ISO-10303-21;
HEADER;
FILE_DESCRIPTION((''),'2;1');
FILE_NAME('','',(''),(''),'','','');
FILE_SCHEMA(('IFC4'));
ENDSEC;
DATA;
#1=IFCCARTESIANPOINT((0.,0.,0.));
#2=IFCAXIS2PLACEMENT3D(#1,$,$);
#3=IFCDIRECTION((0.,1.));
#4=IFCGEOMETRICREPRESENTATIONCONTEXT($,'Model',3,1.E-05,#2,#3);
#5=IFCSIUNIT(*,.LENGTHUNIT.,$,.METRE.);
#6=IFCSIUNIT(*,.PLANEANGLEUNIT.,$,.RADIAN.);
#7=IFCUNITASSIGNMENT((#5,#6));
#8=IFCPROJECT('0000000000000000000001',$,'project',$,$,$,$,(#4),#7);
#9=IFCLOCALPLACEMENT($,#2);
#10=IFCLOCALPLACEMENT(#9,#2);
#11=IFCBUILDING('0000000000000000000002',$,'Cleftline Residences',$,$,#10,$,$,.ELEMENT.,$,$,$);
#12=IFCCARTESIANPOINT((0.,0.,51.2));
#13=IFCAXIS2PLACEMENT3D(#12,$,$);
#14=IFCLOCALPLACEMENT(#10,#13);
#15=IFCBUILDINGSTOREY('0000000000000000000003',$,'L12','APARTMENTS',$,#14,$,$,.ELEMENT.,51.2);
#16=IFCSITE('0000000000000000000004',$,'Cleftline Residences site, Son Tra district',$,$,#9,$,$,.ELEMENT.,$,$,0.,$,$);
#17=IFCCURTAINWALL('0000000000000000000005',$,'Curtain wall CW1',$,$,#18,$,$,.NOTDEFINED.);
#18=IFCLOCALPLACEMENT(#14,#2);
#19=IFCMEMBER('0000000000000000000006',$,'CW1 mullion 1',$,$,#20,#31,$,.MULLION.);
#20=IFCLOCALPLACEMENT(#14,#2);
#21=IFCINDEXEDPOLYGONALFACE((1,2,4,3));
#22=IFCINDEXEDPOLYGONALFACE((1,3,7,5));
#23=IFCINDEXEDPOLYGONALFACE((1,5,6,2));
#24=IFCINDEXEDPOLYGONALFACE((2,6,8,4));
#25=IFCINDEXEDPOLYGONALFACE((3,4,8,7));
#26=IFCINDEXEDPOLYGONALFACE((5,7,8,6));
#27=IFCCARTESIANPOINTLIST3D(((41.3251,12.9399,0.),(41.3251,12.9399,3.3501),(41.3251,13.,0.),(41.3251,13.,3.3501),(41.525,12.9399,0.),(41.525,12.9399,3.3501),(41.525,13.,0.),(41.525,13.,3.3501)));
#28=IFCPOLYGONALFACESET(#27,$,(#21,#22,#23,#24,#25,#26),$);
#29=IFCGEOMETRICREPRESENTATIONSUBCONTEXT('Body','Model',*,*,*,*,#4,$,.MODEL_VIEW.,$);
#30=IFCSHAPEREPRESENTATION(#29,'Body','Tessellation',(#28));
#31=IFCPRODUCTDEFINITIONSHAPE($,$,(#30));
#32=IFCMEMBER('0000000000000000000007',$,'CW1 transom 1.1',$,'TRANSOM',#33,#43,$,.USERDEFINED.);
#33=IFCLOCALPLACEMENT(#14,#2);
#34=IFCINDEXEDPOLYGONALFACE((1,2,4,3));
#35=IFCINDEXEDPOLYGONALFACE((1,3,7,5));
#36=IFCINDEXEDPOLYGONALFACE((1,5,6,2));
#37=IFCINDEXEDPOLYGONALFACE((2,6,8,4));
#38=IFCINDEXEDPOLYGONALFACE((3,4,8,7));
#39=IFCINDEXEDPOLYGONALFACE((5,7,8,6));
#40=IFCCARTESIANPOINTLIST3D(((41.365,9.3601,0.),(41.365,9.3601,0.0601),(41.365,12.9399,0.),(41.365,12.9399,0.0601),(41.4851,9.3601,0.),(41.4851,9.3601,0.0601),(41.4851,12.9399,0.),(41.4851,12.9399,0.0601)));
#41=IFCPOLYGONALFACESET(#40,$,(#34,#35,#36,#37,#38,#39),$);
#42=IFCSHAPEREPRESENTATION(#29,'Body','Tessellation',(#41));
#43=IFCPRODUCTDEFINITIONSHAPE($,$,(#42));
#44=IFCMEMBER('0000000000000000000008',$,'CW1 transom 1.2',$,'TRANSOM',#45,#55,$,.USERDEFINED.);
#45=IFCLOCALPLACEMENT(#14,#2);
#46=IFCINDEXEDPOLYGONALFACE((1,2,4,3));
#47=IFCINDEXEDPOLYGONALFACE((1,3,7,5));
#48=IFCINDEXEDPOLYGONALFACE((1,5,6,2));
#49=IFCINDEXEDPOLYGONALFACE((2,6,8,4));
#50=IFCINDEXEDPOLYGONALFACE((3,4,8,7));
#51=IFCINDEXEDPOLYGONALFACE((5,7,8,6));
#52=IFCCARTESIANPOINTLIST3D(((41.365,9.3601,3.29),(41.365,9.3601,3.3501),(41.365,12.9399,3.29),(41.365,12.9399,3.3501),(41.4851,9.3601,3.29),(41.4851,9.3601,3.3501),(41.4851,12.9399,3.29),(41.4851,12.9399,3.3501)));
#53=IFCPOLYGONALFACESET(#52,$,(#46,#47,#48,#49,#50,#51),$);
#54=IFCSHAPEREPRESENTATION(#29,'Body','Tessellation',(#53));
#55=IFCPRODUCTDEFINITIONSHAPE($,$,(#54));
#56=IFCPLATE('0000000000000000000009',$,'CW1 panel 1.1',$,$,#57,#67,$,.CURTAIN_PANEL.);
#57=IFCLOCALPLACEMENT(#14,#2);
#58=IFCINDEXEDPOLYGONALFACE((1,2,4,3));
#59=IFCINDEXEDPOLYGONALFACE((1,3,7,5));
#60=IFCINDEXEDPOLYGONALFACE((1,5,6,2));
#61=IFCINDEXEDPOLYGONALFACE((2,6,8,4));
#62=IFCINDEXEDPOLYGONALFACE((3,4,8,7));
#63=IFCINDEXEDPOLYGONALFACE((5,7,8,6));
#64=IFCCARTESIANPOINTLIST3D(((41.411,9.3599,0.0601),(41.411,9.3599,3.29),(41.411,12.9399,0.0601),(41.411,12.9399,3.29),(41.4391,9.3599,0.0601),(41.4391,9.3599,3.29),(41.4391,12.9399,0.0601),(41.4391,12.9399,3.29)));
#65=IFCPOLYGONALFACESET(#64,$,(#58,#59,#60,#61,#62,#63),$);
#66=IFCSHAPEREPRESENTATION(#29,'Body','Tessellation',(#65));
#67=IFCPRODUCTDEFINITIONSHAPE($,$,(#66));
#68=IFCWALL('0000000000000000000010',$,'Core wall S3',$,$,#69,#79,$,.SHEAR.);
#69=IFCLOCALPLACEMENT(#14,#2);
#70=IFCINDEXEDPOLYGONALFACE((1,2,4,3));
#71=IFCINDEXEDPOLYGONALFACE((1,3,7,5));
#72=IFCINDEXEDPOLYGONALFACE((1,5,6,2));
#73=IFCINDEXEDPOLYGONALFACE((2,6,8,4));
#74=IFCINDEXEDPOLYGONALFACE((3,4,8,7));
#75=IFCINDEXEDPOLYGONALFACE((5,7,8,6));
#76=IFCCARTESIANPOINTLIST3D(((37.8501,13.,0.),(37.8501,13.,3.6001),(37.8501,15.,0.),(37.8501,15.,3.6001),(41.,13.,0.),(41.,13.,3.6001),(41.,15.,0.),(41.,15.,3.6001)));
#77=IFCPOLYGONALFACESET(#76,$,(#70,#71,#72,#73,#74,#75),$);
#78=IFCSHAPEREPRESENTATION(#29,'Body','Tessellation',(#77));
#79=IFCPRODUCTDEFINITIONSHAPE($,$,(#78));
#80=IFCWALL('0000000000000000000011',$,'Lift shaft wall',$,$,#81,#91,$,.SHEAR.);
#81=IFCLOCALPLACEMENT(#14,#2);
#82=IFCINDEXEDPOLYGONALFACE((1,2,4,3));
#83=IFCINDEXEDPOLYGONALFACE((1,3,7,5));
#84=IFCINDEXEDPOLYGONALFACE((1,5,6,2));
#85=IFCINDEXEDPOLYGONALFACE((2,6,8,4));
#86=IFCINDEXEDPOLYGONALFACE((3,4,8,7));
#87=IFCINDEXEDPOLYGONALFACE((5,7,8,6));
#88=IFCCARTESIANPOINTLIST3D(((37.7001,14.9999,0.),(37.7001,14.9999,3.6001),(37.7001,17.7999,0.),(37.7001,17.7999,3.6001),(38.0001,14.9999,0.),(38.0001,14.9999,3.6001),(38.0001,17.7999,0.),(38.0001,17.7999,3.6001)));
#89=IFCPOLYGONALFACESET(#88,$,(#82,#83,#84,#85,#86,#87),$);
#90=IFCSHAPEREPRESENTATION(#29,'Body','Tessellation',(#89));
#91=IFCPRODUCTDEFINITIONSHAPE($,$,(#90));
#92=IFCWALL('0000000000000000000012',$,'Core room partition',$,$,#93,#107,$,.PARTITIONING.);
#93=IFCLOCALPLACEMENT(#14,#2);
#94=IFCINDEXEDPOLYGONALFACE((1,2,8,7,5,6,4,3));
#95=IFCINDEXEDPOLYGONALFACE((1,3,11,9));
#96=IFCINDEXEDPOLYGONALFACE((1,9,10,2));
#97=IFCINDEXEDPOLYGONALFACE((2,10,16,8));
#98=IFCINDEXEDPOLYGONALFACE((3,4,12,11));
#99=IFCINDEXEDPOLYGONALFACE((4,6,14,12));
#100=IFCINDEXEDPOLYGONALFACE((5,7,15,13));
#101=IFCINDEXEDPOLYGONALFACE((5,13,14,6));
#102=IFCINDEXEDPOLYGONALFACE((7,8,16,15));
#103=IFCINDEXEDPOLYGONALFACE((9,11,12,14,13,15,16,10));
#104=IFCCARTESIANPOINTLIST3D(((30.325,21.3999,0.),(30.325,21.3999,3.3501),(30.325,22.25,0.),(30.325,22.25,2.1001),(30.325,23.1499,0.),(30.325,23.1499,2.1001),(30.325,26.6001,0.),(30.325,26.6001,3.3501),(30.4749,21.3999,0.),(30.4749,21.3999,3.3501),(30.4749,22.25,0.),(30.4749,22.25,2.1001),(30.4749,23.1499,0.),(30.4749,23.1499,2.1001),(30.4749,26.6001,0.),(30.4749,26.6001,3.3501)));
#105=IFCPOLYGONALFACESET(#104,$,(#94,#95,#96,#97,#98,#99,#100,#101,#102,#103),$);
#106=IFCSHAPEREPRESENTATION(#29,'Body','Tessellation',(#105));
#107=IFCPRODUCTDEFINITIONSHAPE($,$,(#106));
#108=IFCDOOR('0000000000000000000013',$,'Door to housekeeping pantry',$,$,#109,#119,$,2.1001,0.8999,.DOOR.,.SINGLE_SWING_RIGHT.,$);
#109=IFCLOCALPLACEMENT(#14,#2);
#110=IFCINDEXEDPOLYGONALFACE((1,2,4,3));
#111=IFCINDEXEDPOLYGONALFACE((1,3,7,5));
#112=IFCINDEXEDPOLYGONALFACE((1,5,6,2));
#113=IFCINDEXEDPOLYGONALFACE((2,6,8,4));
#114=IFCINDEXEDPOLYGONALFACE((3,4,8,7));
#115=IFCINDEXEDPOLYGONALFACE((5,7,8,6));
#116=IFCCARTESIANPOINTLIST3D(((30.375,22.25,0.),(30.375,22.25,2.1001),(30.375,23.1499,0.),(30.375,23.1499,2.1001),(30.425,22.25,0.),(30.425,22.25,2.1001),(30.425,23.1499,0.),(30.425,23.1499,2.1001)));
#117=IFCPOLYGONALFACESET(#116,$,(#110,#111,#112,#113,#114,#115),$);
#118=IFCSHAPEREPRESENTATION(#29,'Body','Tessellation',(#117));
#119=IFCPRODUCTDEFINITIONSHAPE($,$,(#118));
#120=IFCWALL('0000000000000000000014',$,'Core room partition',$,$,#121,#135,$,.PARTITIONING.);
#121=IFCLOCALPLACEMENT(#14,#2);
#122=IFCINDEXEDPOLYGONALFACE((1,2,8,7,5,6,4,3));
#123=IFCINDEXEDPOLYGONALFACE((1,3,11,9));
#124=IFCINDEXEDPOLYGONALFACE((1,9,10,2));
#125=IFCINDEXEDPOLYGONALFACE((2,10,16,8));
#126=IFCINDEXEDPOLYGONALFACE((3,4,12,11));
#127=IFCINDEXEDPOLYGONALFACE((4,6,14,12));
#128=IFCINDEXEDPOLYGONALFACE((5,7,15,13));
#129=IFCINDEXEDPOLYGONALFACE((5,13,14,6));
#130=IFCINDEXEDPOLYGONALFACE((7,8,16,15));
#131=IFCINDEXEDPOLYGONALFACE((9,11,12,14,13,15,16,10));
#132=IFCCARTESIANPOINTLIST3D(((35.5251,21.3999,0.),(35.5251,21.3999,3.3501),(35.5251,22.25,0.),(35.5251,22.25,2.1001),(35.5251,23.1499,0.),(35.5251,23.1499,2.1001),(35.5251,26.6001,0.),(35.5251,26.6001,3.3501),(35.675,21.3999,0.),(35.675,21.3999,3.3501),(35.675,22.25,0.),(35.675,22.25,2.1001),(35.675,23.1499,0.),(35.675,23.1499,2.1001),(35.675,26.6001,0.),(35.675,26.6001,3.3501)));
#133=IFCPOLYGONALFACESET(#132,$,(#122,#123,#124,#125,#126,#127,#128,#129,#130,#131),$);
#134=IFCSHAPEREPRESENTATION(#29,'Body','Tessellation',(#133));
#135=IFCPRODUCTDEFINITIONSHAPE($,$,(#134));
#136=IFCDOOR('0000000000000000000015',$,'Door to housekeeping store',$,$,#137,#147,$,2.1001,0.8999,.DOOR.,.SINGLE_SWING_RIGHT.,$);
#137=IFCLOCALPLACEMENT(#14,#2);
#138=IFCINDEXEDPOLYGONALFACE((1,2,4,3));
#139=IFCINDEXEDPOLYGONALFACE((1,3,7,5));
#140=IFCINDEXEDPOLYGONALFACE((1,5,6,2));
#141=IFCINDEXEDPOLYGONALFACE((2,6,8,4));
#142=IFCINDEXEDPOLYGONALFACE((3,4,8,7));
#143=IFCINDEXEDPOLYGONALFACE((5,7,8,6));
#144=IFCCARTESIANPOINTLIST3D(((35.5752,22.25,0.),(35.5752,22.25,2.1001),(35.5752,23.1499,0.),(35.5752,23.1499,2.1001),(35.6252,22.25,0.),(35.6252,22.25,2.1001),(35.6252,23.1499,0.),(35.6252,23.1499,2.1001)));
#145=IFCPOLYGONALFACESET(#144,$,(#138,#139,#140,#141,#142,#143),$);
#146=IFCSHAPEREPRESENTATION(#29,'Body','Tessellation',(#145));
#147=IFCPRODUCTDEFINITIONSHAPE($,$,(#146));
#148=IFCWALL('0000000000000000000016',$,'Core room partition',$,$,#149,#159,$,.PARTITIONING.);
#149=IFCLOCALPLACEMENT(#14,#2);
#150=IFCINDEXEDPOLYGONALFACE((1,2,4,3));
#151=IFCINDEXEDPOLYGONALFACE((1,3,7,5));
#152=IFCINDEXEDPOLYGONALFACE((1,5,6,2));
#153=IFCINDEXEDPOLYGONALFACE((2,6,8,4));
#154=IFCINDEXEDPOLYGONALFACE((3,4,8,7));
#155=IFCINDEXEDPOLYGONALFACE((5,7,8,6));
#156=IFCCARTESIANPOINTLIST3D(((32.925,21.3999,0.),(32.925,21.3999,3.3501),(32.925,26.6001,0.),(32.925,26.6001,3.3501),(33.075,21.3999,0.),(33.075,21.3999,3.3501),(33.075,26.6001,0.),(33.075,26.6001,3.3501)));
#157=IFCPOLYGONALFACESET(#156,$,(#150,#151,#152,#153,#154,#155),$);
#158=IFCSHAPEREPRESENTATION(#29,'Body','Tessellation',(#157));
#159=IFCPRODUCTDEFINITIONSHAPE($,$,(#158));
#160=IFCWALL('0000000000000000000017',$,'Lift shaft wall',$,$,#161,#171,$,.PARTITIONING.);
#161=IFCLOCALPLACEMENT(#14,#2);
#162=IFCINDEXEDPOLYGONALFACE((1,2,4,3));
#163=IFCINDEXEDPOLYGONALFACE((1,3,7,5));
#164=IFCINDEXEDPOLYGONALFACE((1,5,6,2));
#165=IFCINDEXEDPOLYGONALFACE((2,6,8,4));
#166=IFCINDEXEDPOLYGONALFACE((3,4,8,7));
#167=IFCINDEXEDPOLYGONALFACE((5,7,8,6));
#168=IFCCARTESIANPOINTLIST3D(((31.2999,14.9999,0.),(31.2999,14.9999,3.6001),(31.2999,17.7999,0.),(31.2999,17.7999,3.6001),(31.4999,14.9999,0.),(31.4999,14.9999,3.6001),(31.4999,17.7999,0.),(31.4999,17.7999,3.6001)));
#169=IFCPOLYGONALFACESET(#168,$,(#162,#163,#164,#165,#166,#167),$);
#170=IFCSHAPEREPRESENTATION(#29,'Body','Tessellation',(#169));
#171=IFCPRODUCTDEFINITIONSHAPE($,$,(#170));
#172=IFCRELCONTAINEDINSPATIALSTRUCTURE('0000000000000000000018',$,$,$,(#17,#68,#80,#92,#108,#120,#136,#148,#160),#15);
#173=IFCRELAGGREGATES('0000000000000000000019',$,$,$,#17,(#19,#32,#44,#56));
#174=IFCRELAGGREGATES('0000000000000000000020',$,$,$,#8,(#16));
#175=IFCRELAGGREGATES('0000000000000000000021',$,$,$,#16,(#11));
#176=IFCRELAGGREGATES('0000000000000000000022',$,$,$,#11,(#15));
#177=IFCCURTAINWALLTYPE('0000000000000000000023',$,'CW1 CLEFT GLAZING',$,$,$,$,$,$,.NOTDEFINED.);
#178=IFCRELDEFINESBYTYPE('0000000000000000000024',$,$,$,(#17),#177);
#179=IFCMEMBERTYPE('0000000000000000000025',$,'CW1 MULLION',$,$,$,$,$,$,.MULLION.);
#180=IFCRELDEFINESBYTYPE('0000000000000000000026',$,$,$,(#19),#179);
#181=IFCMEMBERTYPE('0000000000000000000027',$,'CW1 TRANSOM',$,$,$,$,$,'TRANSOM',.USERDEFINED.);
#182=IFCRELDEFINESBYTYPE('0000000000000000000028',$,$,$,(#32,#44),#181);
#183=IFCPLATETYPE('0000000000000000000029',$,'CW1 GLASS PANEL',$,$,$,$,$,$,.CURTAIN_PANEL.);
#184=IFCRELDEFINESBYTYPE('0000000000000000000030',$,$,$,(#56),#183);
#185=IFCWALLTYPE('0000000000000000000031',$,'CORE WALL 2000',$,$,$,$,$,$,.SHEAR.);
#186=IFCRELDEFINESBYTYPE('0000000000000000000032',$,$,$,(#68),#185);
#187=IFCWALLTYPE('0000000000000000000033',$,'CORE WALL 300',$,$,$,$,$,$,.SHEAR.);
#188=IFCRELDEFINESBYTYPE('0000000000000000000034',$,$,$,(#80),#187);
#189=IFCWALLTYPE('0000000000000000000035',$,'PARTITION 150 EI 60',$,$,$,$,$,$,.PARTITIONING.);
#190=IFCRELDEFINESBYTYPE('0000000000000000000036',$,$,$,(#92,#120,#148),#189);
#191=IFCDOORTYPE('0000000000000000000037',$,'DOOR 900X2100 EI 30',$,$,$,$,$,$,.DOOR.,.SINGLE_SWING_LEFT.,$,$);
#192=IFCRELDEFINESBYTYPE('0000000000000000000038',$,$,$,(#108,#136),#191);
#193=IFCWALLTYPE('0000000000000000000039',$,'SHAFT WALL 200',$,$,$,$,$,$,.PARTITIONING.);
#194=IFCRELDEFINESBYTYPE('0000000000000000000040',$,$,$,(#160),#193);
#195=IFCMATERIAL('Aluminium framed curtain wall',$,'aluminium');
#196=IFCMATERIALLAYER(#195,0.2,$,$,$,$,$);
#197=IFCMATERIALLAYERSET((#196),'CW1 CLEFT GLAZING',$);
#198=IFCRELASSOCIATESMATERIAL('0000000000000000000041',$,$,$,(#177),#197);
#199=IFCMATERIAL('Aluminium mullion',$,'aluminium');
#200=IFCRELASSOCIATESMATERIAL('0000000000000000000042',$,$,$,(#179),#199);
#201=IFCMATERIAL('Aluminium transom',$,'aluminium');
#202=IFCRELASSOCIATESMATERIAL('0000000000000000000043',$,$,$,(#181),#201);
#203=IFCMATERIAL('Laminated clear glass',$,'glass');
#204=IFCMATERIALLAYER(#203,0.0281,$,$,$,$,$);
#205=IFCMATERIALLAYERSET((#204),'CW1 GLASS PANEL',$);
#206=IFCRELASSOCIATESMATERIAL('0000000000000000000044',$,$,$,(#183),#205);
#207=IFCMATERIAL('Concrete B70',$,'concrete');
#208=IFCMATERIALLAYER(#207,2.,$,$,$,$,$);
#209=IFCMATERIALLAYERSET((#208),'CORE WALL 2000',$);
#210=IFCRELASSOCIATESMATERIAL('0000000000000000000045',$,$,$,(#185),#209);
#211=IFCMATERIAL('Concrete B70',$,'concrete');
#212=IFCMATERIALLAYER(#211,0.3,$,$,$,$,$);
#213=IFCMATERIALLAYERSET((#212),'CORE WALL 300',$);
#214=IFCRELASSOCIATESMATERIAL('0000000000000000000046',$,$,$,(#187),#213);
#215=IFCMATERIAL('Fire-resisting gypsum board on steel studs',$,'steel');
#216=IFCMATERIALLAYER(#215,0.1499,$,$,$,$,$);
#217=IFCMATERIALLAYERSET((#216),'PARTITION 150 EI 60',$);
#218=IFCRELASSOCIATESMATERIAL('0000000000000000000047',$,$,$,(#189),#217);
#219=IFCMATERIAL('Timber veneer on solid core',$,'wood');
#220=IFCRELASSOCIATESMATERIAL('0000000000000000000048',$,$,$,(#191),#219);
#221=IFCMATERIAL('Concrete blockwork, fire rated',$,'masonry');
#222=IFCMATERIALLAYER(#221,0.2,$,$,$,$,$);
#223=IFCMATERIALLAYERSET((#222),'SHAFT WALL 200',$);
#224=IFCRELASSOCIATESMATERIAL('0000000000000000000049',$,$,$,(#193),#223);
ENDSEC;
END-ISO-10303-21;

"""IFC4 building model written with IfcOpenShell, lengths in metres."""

from ifc_helpers import new_model, si_unit, direction, frame, frame_2d, origin, origin_2d, place, context, subcontext, project, spatial, rectangle, extrude, material, layer, layer_set, material_profile, profile_set, type_object, element, fill, aggregate, save


model = new_model("IFC4")

# Units and contexts
model_context = context("Model", 3, precision=1e-05, world=origin(), true_north=direction((0.0, 1.0)))
body_context = subcontext(model_context, "Body", "Model", "MODEL_VIEW")
ifc_project = project(units=[si_unit("LENGTHUNIT", "METRE"), si_unit("PLANEANGLEUNIT", "RADIAN")], contexts=[model_context])

# Site, building, storey
site_placement = place(None, origin())
site = spatial("IfcSite", under=ifc_project, at=site_placement, Name="Cleftline Residences site, Son Tra district", CompositionType="ELEMENT", RefElevation=0.0)
building_placement = place(site_placement, origin())
building = spatial("IfcBuilding", under=site, at=building_placement, Name="Cleftline Residences", CompositionType="ELEMENT")
storey_placement = place(building_placement, frame((0.0, 0.0, 51.2)))
storey = spatial("IfcBuildingStorey", under=building, at=storey_placement, Name="L12", Description="APARTMENTS", CompositionType="ELEMENT", Elevation=51.2)

# Curtain wall, members, plate
ifc_material_1 = material(Name="Aluminium framed curtain wall", Category="aluminium")
ifc_layer_1 = layer(ifc_material_1, 0.2)
ifc_layer_set_1 = layer_set([ifc_layer_1], Name="CW1 CLEFT GLAZING")
curtain_wall_type = type_object("IfcCurtainWallType", Name="CW1 CLEFT GLAZING", PredefinedType="NOTDEFINED", material=ifc_layer_set_1)
curtain_wall_placement = place(storey_placement, origin())
curtain_wall = element("IfcCurtainWall", 1, at=curtain_wall_placement, inside=storey, type_object=curtain_wall_type, Name="Curtain wall CW1", PredefinedType="NOTDEFINED")
ifc_material_2 = material(Name="Aluminium mullion", Category="aluminium")
ifc_material_profile_1 = material_profile(ifc_material_2, rectangle(XDim=0.2, YDim=0.0601, at=origin_2d()))
ifc_profile_set_1 = profile_set([ifc_material_profile_1], Name="Aluminium mullion")
member_type_1 = type_object("IfcMemberType", Name="CW1 MULLION", PredefinedType="MULLION", material=ifc_profile_set_1)
member_1_placement = place(storey_placement, frame((41.425, 12.97, 0.0), z_axis=(0.0, 0.0, 1.0), x_axis=(1.0, 0.0, 0.0)))
member_1 = element("IfcMember", 2, at=member_1_placement, type_object=member_type_1, Name="CW1 mullion 1", PredefinedType="MULLION", context=body_context, shape_type="SweptSolid", body=[
    extrude(rectangle(XDim=0.2, YDim=0.0601, at=origin_2d()), origin(), (0.0, 0.0, 1.0), 3.3501),
])
ifc_material_3 = material(Name="Aluminium transom", Category="aluminium")
ifc_material_profile_2 = material_profile(ifc_material_3, rectangle(XDim=0.1201, YDim=0.0601, at=origin_2d()))
ifc_profile_set_2 = profile_set([ifc_material_profile_2], Name="Aluminium transom")
member_type_2 = type_object("IfcMemberType", Name="CW1 TRANSOM", ElementType="TRANSOM", PredefinedType="USERDEFINED", material=ifc_profile_set_2)
member_2_placement = place(storey_placement, frame((41.425, 12.9399, 0.03), z_axis=(0.0, -1.0, 0.0), x_axis=(1.0, 0.0, 0.0)))
member_2 = element("IfcMember", 3, at=member_2_placement, type_object=member_type_2, Name="CW1 transom 1.1", ObjectType="TRANSOM", PredefinedType="USERDEFINED", context=body_context, shape_type="SweptSolid", body=[
    extrude(rectangle(XDim=0.1201, YDim=0.0601, at=origin_2d()), origin(), (0.0, 0.0, 1.0), 3.5798),
])
member_3_placement = place(storey_placement, frame((41.425, 12.9399, 3.3201), z_axis=(0.0, -1.0, 0.0), x_axis=(1.0, 0.0, 0.0)))
member_3 = element("IfcMember", 4, at=member_3_placement, type_object=member_type_2, Name="CW1 transom 1.2", ObjectType="TRANSOM", PredefinedType="USERDEFINED", context=body_context, shape_type="SweptSolid", body=[
    extrude(rectangle(XDim=0.1201, YDim=0.0601, at=origin_2d()), origin(), (0.0, 0.0, 1.0), 3.5798),
])
ifc_material_4 = material(Name="Laminated clear glass", Category="glass")
ifc_layer_2 = layer(ifc_material_4, 0.0281)
ifc_layer_set_2 = layer_set([ifc_layer_2], Name="CW1 GLASS PANEL")
plate_type = type_object("IfcPlateType", Name="CW1 GLASS PANEL", PredefinedType="CURTAIN_PANEL", material=ifc_layer_set_2)
plate_placement = place(storey_placement, frame((41.425, 11.1499, 0.0601), z_axis=(0.0, 0.0, 1.0), x_axis=(0.0, -1.0, 0.0)))
plate = element("IfcPlate", 5, at=plate_placement, type_object=plate_type, Name="CW1 panel 1.1", PredefinedType="CURTAIN_PANEL", context=body_context, shape_type="SweptSolid", body=[
    extrude(rectangle(XDim=3.5801, YDim=0.0281, at=origin_2d()), origin(), (0.0, 0.0, 1.0), 3.23),
])
aggregate(curtain_wall, [member_1, member_2, member_3, plate])

# Walls
ifc_material_5 = material(Name="Concrete B70", Category="concrete")
ifc_layer_3 = layer(ifc_material_5, 2.0)
ifc_layer_set_3 = layer_set([ifc_layer_3], Name="CORE WALL 2000")
wall_type_1 = type_object("IfcWallType", Name="CORE WALL 2000", PredefinedType="SHEAR", material=ifc_layer_set_3)
wall_1_placement = place(storey_placement, frame((37.8501, 14.0, 0.0), z_axis=(0.0, 0.0, 1.0), x_axis=(1.0, 0.0, 0.0)))
element("IfcWall", 6, at=wall_1_placement, inside=storey, type_object=wall_type_1, Name="Core wall S3", PredefinedType="SHEAR", context=body_context, shape_type="SweptSolid", body=[
    extrude(rectangle(XDim=3.1499, YDim=2.0, at=frame_2d((1.575, 0.0))), origin(), (0.0, 0.0, 1.0), 3.6001),
])
ifc_material_6 = material(Name="Concrete B70", Category="concrete")
ifc_layer_4 = layer(ifc_material_6, 0.3)
ifc_layer_set_4 = layer_set([ifc_layer_4], Name="CORE WALL 300")
wall_type_2 = type_object("IfcWallType", Name="CORE WALL 300", PredefinedType="SHEAR", material=ifc_layer_set_4)
wall_2_placement = place(storey_placement, frame((37.8501, 15.0, 0.0), z_axis=(0.0, 0.0, 1.0), x_axis=(0.0, 1.0, 0.0)))
element("IfcWall", 7, at=wall_2_placement, inside=storey, type_object=wall_type_2, Name="Lift shaft wall", PredefinedType="SHEAR", context=body_context, shape_type="SweptSolid", body=[
    extrude(rectangle(XDim=2.8, YDim=0.3, at=frame_2d((1.3999, 0.0))), origin(), (0.0, 0.0, 1.0), 3.6001),
])

# Walls, openings, doors
ifc_material_7 = material(Name="Fire-resisting gypsum board on steel studs", Category="steel")
ifc_layer_5 = layer(ifc_material_7, 0.1499)
ifc_layer_set_5 = layer_set([ifc_layer_5], Name="PARTITION 150 EI 60")
wall_type_3 = type_object("IfcWallType", Name="PARTITION 150 EI 60", PredefinedType="PARTITIONING", material=ifc_layer_set_5)
wall_3_placement = place(storey_placement, frame((30.3999, 21.3999, 0.0), z_axis=(0.0, 0.0, 1.0), x_axis=(0.0, 1.0, 0.0)))
wall_3 = element("IfcWall", 8, at=wall_3_placement, inside=storey, type_object=wall_type_3, Name="Core room partition", PredefinedType="PARTITIONING", context=body_context, shape_type="SweptSolid", body=[
    extrude(rectangle(XDim=5.2002, YDim=0.1499, at=frame_2d((2.6001, 0.0))), origin(), (0.0, 0.0, 1.0), 3.3501),
])
opening_1_placement = place(wall_3_placement, frame((0.8501, 0.0, 0.0)))
opening_1 = element("IfcOpeningElement", 9, at=opening_1_placement, cuts=wall_3, PredefinedType="OPENING", context=body_context, shape_type="SweptSolid", body=[
    extrude(rectangle(XDim=0.8999, YDim=2.1001, at=frame_2d((0.45, 1.05))), frame((0.0, 0.085, 0.0), z_axis=(0.0, -1.0, 0.0), x_axis=(1.0, 0.0, 0.0)), (0.0, 0.0, 1.0), 0.1699),
])
ifc_material_8 = material(Name="Timber veneer on solid core", Category="wood")
door_type_1 = type_object("IfcDoorType", Name="DOOR 900X2100 EI 30", OperationType="SINGLE_SWING_LEFT", PredefinedType="DOOR", material=ifc_material_8)
door_1_placement = place(opening_1_placement, origin())
door_1 = element("IfcDoor", 10, at=door_1_placement, inside=storey, type_object=door_type_1, Name="Door to housekeeping pantry", OperationType="SINGLE_SWING_RIGHT", OverallHeight=2.1001, OverallWidth=0.8999, PredefinedType="DOOR", context=body_context, shape_type="SweptSolid", body=[
    extrude(rectangle(XDim=0.8999, YDim=2.1001, at=frame_2d((0.45, 1.05))), frame((0.0, 0.0249, 0.0), z_axis=(0.0, -1.0, 0.0), x_axis=(1.0, 0.0, 0.0)), (0.0, 0.0, 1.0), 0.05),
])
fill(opening_1, door_1)
wall_4_placement = place(storey_placement, frame((35.6001, 21.3999, 0.0), z_axis=(0.0, 0.0, 1.0), x_axis=(0.0, 1.0, 0.0)))
wall_4 = element("IfcWall", 11, at=wall_4_placement, inside=storey, type_object=wall_type_3, Name="Core room partition", PredefinedType="PARTITIONING", context=body_context, shape_type="SweptSolid", body=[
    extrude(rectangle(XDim=5.2002, YDim=0.1499, at=frame_2d((2.6001, 0.0))), origin(), (0.0, 0.0, 1.0), 3.3501),
])
opening_2_placement = place(wall_4_placement, frame((0.8501, 0.0, 0.0)))
opening_2 = element("IfcOpeningElement", 12, at=opening_2_placement, cuts=wall_4, PredefinedType="OPENING", context=body_context, shape_type="SweptSolid", body=[
    extrude(rectangle(XDim=0.8999, YDim=2.1001, at=frame_2d((0.45, 1.05))), frame((0.0, 0.085, 0.0), z_axis=(0.0, -1.0, 0.0), x_axis=(1.0, 0.0, 0.0)), (0.0, 0.0, 1.0), 0.1699),
])
door_2_placement = place(opening_2_placement, origin())
door_2 = element("IfcDoor", 13, at=door_2_placement, inside=storey, type_object=door_type_1, Name="Door to housekeeping store", OperationType="SINGLE_SWING_RIGHT", OverallHeight=2.1001, OverallWidth=0.8999, PredefinedType="DOOR", context=body_context, shape_type="SweptSolid", body=[
    extrude(rectangle(XDim=0.8999, YDim=2.1001, at=frame_2d((0.45, 1.05))), frame((0.0, 0.0249, 0.0), z_axis=(0.0, -1.0, 0.0), x_axis=(1.0, 0.0, 0.0)), (0.0, 0.0, 1.0), 0.05),
])
fill(opening_2, door_2)

# Walls
wall_5_placement = place(storey_placement, frame((33.0, 21.3999, 0.0), z_axis=(0.0, 0.0, 1.0), x_axis=(0.0, 1.0, 0.0)))
element("IfcWall", 14, at=wall_5_placement, inside=storey, type_object=wall_type_3, Name="Core room partition", PredefinedType="PARTITIONING", context=body_context, shape_type="SweptSolid", body=[
    extrude(rectangle(XDim=5.2002, YDim=0.1499, at=frame_2d((2.6001, 0.0))), origin(), (0.0, 0.0, 1.0), 3.3501),
])
ifc_material_9 = material(Name="Concrete blockwork, fire rated", Category="masonry")
ifc_layer_6 = layer(ifc_material_9, 0.2)
ifc_layer_set_6 = layer_set([ifc_layer_6], Name="SHAFT WALL 200")
wall_type_4 = type_object("IfcWallType", Name="SHAFT WALL 200", PredefinedType="PARTITIONING", material=ifc_layer_set_6)
for number, where, z_axis, x_axis, name in (
    (15, (31.3999, 15.0, 0.0), (0.0, 0.0, 1.0), (0.0, 1.0, 0.0), "Lift shaft wall"),
):
    element("IfcWall", number, at=place(storey_placement, frame(where, z_axis=z_axis, x_axis=x_axis)), inside=storey, type_object=wall_type_4, Name=name, PredefinedType="PARTITIONING", context=body_context, shape_type="SweptSolid", body=[
        extrude(rectangle(XDim=2.8, YDim=0.2, at=frame_2d((1.3999, 0.0))), origin(), (0.0, 0.0, 1.0), 3.6001),
    ])

save(model, "model.ifc")
